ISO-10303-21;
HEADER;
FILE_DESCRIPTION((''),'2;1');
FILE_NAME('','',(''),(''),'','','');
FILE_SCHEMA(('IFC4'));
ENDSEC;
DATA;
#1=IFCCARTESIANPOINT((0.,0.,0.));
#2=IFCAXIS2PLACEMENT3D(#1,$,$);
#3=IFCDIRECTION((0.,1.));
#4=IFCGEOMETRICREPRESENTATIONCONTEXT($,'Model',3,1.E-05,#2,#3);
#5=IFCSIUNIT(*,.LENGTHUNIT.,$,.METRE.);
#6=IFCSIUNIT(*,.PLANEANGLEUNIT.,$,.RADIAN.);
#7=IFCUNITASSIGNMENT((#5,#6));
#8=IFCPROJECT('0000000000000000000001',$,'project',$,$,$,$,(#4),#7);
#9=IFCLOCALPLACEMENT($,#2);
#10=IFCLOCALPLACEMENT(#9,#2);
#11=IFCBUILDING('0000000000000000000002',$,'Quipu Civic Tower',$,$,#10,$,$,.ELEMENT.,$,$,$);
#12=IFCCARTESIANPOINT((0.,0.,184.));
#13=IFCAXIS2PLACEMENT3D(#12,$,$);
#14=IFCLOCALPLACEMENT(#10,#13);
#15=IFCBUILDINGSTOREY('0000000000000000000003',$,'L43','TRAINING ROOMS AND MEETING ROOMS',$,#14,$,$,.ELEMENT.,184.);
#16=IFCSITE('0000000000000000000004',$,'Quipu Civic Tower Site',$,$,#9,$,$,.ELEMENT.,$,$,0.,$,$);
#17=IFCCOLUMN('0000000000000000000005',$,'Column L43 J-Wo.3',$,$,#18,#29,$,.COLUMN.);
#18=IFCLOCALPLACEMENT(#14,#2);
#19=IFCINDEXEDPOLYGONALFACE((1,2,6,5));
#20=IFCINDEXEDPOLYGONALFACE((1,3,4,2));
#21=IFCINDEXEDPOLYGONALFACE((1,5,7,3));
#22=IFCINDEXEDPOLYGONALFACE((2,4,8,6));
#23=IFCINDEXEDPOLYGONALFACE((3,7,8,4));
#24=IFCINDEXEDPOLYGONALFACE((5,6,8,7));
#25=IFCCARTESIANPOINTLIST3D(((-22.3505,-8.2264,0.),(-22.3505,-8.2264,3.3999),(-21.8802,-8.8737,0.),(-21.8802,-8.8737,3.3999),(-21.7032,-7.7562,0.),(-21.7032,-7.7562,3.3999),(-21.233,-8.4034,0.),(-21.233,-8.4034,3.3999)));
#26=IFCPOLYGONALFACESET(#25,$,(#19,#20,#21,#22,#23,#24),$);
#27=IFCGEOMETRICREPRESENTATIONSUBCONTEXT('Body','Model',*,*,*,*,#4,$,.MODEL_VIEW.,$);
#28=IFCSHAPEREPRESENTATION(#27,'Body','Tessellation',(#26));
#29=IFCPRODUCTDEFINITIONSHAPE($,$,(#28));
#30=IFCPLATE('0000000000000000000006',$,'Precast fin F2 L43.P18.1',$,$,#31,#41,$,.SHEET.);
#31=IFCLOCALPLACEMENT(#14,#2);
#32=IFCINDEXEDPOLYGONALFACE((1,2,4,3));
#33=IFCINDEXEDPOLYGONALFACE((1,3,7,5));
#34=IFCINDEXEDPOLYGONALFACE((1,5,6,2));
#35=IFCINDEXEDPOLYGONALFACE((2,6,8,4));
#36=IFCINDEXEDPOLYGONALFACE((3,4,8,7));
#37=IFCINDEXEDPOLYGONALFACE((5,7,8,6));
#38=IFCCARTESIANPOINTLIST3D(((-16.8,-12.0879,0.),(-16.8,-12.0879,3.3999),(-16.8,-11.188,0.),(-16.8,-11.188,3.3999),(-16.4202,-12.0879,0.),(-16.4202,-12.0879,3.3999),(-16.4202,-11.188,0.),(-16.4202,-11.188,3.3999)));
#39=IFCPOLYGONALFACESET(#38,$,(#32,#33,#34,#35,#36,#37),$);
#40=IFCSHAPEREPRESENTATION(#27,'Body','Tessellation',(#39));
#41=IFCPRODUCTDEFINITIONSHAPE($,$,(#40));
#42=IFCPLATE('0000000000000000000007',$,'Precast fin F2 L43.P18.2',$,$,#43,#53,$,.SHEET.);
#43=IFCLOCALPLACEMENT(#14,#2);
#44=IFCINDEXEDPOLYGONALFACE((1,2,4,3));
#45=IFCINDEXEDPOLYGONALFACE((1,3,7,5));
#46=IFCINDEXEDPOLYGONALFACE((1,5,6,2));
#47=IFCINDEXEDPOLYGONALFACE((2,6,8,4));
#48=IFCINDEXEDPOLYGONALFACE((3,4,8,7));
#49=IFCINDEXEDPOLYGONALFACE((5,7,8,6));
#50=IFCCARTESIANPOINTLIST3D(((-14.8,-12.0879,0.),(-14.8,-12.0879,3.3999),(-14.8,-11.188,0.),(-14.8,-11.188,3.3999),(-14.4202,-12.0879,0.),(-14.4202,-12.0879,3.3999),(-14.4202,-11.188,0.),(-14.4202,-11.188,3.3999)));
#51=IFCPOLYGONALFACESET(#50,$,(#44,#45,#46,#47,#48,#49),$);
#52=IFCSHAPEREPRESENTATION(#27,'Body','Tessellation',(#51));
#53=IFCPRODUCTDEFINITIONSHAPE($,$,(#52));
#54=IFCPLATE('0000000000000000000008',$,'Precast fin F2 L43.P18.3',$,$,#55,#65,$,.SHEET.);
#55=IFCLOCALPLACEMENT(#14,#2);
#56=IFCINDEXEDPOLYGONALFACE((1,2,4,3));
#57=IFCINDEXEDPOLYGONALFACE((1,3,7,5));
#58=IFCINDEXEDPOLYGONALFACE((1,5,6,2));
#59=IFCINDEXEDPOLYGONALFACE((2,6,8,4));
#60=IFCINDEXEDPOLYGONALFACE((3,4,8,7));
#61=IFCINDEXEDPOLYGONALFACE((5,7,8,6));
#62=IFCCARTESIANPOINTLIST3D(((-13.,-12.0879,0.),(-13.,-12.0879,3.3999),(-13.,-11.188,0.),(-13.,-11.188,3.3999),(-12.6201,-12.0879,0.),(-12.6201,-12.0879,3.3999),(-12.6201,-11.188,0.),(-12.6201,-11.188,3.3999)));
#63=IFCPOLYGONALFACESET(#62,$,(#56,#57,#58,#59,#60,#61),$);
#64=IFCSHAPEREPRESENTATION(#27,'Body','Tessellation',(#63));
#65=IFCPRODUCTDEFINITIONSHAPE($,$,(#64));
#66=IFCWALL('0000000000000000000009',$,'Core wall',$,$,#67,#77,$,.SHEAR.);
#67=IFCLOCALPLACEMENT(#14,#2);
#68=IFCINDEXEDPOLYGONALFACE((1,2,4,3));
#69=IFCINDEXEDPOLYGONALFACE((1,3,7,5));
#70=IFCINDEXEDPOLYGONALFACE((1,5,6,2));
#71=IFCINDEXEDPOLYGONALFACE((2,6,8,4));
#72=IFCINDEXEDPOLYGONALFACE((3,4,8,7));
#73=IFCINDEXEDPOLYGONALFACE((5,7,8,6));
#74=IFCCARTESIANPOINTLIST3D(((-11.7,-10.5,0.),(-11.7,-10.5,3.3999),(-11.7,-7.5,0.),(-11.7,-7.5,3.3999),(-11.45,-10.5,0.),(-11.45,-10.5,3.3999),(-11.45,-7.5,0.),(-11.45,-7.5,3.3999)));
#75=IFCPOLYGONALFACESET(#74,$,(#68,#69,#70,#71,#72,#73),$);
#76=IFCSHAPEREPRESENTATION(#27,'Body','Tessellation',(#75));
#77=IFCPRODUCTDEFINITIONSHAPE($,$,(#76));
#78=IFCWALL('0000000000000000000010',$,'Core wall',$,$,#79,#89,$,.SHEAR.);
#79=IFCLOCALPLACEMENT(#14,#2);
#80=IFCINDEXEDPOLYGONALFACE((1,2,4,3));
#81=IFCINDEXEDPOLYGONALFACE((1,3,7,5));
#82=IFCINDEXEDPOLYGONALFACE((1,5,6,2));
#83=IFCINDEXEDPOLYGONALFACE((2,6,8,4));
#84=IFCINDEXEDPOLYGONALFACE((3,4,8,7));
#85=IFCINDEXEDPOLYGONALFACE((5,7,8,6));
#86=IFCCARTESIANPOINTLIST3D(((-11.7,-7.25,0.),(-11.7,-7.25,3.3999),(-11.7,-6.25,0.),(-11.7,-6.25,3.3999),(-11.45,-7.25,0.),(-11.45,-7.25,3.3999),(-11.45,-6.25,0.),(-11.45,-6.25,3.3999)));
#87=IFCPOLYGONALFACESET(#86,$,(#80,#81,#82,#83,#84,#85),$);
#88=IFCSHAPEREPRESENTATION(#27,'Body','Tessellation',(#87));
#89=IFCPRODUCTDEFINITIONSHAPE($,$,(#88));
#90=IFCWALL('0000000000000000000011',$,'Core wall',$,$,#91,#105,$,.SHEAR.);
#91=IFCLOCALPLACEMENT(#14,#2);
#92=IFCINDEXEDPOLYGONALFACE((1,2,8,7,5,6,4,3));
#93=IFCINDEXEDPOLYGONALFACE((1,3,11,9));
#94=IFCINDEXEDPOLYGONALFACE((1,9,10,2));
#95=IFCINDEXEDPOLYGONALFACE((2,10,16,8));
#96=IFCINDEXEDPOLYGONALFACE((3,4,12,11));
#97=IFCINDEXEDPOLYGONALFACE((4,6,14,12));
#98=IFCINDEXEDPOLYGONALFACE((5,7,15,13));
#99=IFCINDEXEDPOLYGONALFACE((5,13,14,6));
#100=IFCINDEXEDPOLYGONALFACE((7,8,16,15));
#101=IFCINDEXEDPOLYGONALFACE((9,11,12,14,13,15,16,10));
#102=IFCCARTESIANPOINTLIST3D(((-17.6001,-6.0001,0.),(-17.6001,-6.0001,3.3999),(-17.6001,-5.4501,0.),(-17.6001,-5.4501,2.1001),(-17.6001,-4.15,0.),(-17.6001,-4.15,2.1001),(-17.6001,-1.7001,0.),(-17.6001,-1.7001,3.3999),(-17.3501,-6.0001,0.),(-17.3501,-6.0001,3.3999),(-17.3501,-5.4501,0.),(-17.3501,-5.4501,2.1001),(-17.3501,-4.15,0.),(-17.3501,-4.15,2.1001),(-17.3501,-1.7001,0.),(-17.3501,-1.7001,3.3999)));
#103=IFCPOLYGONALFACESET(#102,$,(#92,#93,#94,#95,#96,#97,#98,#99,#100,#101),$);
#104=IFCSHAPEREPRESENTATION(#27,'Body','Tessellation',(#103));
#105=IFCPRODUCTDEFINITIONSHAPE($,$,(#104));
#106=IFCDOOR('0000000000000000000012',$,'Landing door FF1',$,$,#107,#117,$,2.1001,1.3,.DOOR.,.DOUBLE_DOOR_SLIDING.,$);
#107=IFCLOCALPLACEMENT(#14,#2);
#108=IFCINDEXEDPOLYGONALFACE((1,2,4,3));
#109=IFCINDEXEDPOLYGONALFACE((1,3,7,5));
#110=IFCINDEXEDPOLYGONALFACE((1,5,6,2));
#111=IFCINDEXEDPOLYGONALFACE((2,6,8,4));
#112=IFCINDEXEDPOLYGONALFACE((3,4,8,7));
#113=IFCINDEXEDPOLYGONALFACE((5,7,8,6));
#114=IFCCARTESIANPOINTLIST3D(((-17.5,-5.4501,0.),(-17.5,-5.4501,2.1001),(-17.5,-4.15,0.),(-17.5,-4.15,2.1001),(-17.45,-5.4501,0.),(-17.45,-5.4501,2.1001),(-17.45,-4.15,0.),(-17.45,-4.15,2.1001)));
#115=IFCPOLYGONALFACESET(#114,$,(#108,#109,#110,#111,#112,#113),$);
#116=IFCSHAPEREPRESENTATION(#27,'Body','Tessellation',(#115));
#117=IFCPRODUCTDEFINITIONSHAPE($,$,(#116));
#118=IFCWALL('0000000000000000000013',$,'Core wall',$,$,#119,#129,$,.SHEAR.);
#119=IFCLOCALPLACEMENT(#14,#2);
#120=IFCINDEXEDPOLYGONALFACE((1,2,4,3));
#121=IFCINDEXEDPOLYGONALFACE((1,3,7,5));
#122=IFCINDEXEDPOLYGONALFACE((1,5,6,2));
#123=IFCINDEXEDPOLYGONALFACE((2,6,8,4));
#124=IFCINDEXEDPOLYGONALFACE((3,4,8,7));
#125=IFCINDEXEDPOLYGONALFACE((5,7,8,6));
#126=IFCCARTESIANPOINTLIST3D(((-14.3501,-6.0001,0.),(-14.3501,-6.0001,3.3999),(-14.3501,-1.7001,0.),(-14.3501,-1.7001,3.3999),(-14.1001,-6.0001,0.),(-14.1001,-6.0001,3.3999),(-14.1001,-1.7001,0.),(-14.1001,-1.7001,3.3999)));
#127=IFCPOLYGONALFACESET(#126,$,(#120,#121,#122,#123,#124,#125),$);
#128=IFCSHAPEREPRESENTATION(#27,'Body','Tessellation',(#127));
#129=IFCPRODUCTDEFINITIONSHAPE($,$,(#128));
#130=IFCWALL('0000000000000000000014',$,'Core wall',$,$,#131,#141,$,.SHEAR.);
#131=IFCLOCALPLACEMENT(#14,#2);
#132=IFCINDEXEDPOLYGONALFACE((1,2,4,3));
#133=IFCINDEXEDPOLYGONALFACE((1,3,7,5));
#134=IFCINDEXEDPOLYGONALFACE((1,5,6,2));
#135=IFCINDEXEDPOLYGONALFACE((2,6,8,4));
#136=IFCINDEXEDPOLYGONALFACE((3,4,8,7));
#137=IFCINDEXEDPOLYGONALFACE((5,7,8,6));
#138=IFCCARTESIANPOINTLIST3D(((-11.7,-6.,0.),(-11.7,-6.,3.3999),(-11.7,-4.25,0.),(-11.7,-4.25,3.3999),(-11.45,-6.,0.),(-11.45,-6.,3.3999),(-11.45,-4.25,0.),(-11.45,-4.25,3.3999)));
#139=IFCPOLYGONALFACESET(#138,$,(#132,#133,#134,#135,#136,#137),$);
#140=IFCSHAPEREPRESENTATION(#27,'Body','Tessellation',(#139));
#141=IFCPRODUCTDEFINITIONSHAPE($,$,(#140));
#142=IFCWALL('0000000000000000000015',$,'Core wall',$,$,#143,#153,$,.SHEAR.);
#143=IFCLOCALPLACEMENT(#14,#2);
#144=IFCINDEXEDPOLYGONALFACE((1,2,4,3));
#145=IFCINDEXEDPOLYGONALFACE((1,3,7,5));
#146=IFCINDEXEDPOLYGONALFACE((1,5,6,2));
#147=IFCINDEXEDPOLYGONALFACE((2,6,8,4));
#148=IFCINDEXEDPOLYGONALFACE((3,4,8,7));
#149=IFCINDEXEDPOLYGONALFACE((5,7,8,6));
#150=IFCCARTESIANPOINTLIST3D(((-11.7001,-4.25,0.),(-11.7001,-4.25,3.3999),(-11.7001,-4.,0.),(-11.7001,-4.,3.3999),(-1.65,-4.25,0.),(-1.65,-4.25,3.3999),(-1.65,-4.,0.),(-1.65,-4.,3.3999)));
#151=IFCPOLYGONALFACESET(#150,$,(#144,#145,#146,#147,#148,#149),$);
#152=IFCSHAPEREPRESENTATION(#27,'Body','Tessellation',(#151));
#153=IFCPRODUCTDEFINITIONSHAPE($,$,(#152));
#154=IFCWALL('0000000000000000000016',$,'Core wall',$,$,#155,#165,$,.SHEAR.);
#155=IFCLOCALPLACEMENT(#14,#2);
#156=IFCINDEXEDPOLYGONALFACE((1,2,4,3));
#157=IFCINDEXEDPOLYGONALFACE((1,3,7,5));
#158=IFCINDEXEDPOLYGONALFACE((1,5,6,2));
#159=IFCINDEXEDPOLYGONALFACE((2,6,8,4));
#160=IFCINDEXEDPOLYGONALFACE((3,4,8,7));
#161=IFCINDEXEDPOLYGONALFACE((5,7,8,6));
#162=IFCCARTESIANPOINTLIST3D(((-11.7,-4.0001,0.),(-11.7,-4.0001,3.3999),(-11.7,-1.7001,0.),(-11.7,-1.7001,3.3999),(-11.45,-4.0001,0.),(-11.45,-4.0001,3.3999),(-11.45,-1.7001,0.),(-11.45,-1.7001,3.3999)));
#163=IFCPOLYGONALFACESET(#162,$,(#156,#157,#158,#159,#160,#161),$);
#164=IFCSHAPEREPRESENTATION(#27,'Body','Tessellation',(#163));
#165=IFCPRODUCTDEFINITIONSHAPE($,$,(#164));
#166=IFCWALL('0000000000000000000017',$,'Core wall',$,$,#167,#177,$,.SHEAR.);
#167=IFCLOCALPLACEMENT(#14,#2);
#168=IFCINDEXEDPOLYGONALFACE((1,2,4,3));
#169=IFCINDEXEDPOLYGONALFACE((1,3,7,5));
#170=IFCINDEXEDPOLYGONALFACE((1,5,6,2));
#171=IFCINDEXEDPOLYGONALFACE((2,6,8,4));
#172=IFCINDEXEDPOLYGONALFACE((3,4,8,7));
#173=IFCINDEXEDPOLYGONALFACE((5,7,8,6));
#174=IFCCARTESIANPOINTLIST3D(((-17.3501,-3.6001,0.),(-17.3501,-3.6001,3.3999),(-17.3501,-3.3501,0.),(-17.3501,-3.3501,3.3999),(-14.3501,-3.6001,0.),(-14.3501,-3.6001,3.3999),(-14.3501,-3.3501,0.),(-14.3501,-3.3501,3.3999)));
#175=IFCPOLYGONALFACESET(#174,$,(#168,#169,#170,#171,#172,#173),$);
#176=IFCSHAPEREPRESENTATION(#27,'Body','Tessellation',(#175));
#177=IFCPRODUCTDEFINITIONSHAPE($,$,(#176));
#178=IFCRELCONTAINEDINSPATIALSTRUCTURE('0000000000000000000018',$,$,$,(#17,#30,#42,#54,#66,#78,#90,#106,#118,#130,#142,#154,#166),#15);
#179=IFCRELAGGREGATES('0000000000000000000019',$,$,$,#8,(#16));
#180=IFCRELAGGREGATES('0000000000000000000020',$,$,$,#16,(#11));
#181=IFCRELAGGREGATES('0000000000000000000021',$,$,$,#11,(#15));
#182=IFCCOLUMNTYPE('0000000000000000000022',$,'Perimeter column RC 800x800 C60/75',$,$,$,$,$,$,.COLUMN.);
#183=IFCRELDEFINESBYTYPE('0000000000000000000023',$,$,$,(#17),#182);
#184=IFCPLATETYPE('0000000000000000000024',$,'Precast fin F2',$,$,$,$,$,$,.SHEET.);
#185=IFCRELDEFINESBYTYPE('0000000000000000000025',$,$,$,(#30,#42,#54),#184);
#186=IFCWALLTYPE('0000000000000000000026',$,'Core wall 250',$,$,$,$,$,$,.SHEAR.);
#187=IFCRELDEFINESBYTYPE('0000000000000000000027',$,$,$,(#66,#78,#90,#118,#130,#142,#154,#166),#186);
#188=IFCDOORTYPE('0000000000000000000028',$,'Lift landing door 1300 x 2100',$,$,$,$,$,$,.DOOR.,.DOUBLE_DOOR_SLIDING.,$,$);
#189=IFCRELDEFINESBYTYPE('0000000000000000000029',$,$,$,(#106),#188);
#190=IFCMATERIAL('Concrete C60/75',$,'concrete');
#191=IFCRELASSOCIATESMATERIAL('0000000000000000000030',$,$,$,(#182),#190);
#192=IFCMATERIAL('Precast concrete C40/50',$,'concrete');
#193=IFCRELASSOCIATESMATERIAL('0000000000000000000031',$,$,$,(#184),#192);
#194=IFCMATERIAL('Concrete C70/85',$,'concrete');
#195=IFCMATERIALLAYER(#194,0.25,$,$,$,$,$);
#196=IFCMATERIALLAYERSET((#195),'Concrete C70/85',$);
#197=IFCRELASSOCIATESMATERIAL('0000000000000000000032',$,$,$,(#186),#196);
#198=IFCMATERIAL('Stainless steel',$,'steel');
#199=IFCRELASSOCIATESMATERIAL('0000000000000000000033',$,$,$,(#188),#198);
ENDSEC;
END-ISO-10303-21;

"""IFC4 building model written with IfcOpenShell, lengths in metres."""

from ifc_helpers import new_model, si_unit, direction, frame, frame_2d, origin, origin_2d, place, context, subcontext, project, spatial, rectangle, extrude, material, layer, layer_set, material_profile, profile_set, type_object, element, fill, save


model = new_model("IFC4")

# Units and contexts
model_context = context("Model", 3, precision=1e-05, world=origin(), true_north=direction((0.0, 1.0)))
body_context = subcontext(model_context, "Body", "Model", "MODEL_VIEW")
ifc_project = project(units=[si_unit("LENGTHUNIT", "METRE"), si_unit("PLANEANGLEUNIT", "RADIAN")], contexts=[model_context])

# Site, building, storey
site_placement = place(None, origin())
site = spatial("IfcSite", under=ifc_project, at=site_placement, Name="Quipu Civic Tower Site", CompositionType="ELEMENT", RefElevation=0.0)
building_placement = place(site_placement, origin())
building = spatial("IfcBuilding", under=site, at=building_placement, Name="Quipu Civic Tower", CompositionType="ELEMENT")
storey_placement = place(building_placement, frame((0.0, 0.0, 184.0)))
storey = spatial("IfcBuildingStorey", under=building, at=storey_placement, Name="L43", Description="TRAINING ROOMS AND MEETING ROOMS", CompositionType="ELEMENT", Elevation=184.0)

# Column
ifc_material_1 = material(Name="Concrete C60/75", Category="concrete")
ifc_material_profile = material_profile(ifc_material_1, rectangle(XDim=0.8, YDim=0.8, at=origin_2d()), Name="RC800x800")
ifc_profile_set = profile_set([ifc_material_profile], Name="Concrete C60/75")
column_type = type_object("IfcColumnType", Name="Perimeter column RC 800x800 C60/75", PredefinedType="COLUMN", material=ifc_profile_set)
column_placement = place(storey_placement, frame((-21.7917, -8.3149, 0.0), z_axis=(0.0, 0.0, 1.0), x_axis=(0.587785, -0.809017, 0.0)))
element("IfcColumn", 1, at=column_placement, inside=storey, type_object=column_type, Name="Column L43 J-Wo.3", PredefinedType="COLUMN", context=body_context, shape_type="SweptSolid", body=[
    extrude(rectangle(XDim=0.8, YDim=0.8, at=origin_2d()), origin(), (0.0, 0.0, 1.0), 3.3999),
])

# Plates
ifc_material_2 = material(Name="Precast concrete C40/50", Category="concrete")
plate_type = type_object("IfcPlateType", Name="Precast fin F2", PredefinedType="SHEET", material=ifc_material_2)
for number, where, z_axis, x_axis, name in (
    (2, (-16.6101, -11.6379, 0.0), (0.0, 0.0, 1.0), (1.0, 0.0, 0.0), "Precast fin F2 L43.P18.1"),
    (3, (-14.6101, -11.6379, 0.0), (0.0, 0.0, 1.0), (1.0, 0.0, 0.0), "Precast fin F2 L43.P18.2"),
    (4, (-12.8101, -11.6379, 0.0), (0.0, 0.0, 1.0), (1.0, 0.0, 0.0), "Precast fin F2 L43.P18.3"),
):
    element("IfcPlate", number, at=place(storey_placement, frame(where, z_axis=z_axis, x_axis=x_axis)), inside=storey, type_object=plate_type, Name=name, PredefinedType="SHEET", context=body_context, shape_type="SweptSolid", body=[
        extrude(rectangle(XDim=0.3799, YDim=0.8999, at=origin_2d()), origin(), (0.0, 0.0, 1.0), 3.3999),
    ])

# Walls
ifc_material_3 = material(Name="Concrete C70/85", Category="concrete")
ifc_layer_1 = layer(ifc_material_3, 0.25)
ifc_layer_set_1 = layer_set([ifc_layer_1], Name="Concrete C70/85")
wall_type_1 = type_object("IfcWallType", Name="Core wall 250", PredefinedType="SHEAR", material=ifc_layer_set_1)
wall_1_placement = place(storey_placement, frame((-11.575, -10.5, 0.0), z_axis=(0.0, 0.0, 1.0), x_axis=(0.0, 1.0, 0.0)))
element("IfcWall", 5, at=wall_1_placement, inside=storey, type_object=wall_type_1, Name="Core wall", PredefinedType="SHEAR", context=body_context, shape_type="SweptSolid", body=[
    extrude(rectangle(XDim=3.0, YDim=0.25, at=frame_2d((1.5, 0.0))), origin(), (0.0, 0.0, 1.0), 3.3999),
])
wall_2_placement = place(storey_placement, frame((-11.575, -7.25, 0.0), z_axis=(0.0, 0.0, 1.0), x_axis=(0.0, 1.0, 0.0)))
element("IfcWall", 6, at=wall_2_placement, inside=storey, type_object=wall_type_1, Name="Core wall", PredefinedType="SHEAR", context=body_context, shape_type="SweptSolid", body=[
    extrude(rectangle(XDim=1.0, YDim=0.25, at=frame_2d((0.5, 0.0))), origin(), (0.0, 0.0, 1.0), 3.3999),
])

# Wall, opening, door
wall_3_placement = place(storey_placement, frame((-17.4751, -6.0, 0.0), z_axis=(0.0, 0.0, 1.0), x_axis=(0.0, 1.0, 0.0)))
wall_3 = element("IfcWall", 7, at=wall_3_placement, inside=storey, type_object=wall_type_1, Name="Core wall", PredefinedType="SHEAR", context=body_context, shape_type="SweptSolid", body=[
    extrude(rectangle(XDim=4.3, YDim=0.25, at=frame_2d((2.1499, 0.0))), origin(), (0.0, 0.0, 1.0), 3.3999),
])
opening_1_placement = place(wall_3_placement, frame((0.55, 0.0, 0.0)))
opening_1 = element("IfcOpeningElement", 8, at=opening_1_placement, cuts=wall_3, PredefinedType="OPENING", context=body_context, shape_type="SweptSolid", body=[
    extrude(rectangle(XDim=1.3, YDim=2.1001, at=frame_2d((0.6499, 1.05))), frame((0.0, 0.135, 0.0), z_axis=(0.0, -1.0, 0.0), x_axis=(1.0, 0.0, 0.0)), (0.0, 0.0, 1.0), 0.27),
])
ifc_material_4 = material(Name="Stainless steel", Category="steel")
door_type_1 = type_object("IfcDoorType", Name="Lift landing door 1300 x 2100", OperationType="DOUBLE_DOOR_SLIDING", PredefinedType="DOOR", material=ifc_material_4)
door_1_placement = place(opening_1_placement, origin())
door_1 = element("IfcDoor", 9, at=door_1_placement, inside=storey, type_object=door_type_1, Name="Landing door FF1", OperationType="DOUBLE_DOOR_SLIDING", OverallHeight=2.1001, OverallWidth=1.3, PredefinedType="DOOR", context=body_context, shape_type="SweptSolid", body=[
    extrude(rectangle(XDim=1.3, YDim=2.1001, at=frame_2d((0.6499, 1.05))), frame((0.0, 0.0249, 0.0), z_axis=(0.0, -1.0, 0.0), x_axis=(1.0, 0.0, 0.0)), (0.0, 0.0, 1.0), 0.05),
])
fill(opening_1, door_1)

# Walls
wall_4_placement = place(storey_placement, frame((-14.2251, -6.0, 0.0), z_axis=(0.0, 0.0, 1.0), x_axis=(0.0, 1.0, 0.0)))
element("IfcWall", 10, at=wall_4_placement, inside=storey, type_object=wall_type_1, Name="Core wall", PredefinedType="SHEAR", context=body_context, shape_type="SweptSolid", body=[
    extrude(rectangle(XDim=4.3, YDim=0.25, at=frame_2d((2.1499, 0.0))), origin(), (0.0, 0.0, 1.0), 3.3999),
])
wall_5_placement = place(storey_placement, frame((-11.575, -6.0, 0.0), z_axis=(0.0, 0.0, 1.0), x_axis=(0.0, 1.0, 0.0)))
element("IfcWall", 11, at=wall_5_placement, inside=storey, type_object=wall_type_1, Name="Core wall", PredefinedType="SHEAR", context=body_context, shape_type="SweptSolid", body=[
    extrude(rectangle(XDim=1.75, YDim=0.25, at=frame_2d((0.875, 0.0))), origin(), (0.0, 0.0, 1.0), 3.3999),
])
wall_6_placement = place(storey_placement, frame((-11.7, -4.125, 0.0), z_axis=(0.0, 0.0, 1.0), x_axis=(1.0, 0.0, 0.0)))
element("IfcWall", 12, at=wall_6_placement, inside=storey, type_object=wall_type_1, Name="Core wall", PredefinedType="SHEAR", context=body_context, shape_type="SweptSolid", body=[
    extrude(rectangle(XDim=10.05, YDim=0.25, at=frame_2d((5.0249, 0.0))), origin(), (0.0, 0.0, 1.0), 3.3999),
])
wall_7_placement = place(storey_placement, frame((-11.575, -4.0, 0.0), z_axis=(0.0, 0.0, 1.0), x_axis=(0.0, 1.0, 0.0)))
element("IfcWall", 13, at=wall_7_placement, inside=storey, type_object=wall_type_1, Name="Core wall", PredefinedType="SHEAR", context=body_context, shape_type="SweptSolid", body=[
    extrude(rectangle(XDim=2.3, YDim=0.25, at=frame_2d((1.1499, 0.0))), origin(), (0.0, 0.0, 1.0), 3.3999),
])
wall_8_placement = place(storey_placement, frame((-17.3501, -3.4751, 0.0), z_axis=(0.0, 0.0, 1.0), x_axis=(1.0, 0.0, 0.0)))
element("IfcWall", 14, at=wall_8_placement, inside=storey, type_object=wall_type_1, Name="Core wall", PredefinedType="SHEAR", context=body_context, shape_type="SweptSolid", body=[
    extrude(rectangle(XDim=3.0, YDim=0.25, at=frame_2d((1.5, 0.0))), origin(), (0.0, 0.0, 1.0), 3.3999),
])

save(model, "model.ifc")
